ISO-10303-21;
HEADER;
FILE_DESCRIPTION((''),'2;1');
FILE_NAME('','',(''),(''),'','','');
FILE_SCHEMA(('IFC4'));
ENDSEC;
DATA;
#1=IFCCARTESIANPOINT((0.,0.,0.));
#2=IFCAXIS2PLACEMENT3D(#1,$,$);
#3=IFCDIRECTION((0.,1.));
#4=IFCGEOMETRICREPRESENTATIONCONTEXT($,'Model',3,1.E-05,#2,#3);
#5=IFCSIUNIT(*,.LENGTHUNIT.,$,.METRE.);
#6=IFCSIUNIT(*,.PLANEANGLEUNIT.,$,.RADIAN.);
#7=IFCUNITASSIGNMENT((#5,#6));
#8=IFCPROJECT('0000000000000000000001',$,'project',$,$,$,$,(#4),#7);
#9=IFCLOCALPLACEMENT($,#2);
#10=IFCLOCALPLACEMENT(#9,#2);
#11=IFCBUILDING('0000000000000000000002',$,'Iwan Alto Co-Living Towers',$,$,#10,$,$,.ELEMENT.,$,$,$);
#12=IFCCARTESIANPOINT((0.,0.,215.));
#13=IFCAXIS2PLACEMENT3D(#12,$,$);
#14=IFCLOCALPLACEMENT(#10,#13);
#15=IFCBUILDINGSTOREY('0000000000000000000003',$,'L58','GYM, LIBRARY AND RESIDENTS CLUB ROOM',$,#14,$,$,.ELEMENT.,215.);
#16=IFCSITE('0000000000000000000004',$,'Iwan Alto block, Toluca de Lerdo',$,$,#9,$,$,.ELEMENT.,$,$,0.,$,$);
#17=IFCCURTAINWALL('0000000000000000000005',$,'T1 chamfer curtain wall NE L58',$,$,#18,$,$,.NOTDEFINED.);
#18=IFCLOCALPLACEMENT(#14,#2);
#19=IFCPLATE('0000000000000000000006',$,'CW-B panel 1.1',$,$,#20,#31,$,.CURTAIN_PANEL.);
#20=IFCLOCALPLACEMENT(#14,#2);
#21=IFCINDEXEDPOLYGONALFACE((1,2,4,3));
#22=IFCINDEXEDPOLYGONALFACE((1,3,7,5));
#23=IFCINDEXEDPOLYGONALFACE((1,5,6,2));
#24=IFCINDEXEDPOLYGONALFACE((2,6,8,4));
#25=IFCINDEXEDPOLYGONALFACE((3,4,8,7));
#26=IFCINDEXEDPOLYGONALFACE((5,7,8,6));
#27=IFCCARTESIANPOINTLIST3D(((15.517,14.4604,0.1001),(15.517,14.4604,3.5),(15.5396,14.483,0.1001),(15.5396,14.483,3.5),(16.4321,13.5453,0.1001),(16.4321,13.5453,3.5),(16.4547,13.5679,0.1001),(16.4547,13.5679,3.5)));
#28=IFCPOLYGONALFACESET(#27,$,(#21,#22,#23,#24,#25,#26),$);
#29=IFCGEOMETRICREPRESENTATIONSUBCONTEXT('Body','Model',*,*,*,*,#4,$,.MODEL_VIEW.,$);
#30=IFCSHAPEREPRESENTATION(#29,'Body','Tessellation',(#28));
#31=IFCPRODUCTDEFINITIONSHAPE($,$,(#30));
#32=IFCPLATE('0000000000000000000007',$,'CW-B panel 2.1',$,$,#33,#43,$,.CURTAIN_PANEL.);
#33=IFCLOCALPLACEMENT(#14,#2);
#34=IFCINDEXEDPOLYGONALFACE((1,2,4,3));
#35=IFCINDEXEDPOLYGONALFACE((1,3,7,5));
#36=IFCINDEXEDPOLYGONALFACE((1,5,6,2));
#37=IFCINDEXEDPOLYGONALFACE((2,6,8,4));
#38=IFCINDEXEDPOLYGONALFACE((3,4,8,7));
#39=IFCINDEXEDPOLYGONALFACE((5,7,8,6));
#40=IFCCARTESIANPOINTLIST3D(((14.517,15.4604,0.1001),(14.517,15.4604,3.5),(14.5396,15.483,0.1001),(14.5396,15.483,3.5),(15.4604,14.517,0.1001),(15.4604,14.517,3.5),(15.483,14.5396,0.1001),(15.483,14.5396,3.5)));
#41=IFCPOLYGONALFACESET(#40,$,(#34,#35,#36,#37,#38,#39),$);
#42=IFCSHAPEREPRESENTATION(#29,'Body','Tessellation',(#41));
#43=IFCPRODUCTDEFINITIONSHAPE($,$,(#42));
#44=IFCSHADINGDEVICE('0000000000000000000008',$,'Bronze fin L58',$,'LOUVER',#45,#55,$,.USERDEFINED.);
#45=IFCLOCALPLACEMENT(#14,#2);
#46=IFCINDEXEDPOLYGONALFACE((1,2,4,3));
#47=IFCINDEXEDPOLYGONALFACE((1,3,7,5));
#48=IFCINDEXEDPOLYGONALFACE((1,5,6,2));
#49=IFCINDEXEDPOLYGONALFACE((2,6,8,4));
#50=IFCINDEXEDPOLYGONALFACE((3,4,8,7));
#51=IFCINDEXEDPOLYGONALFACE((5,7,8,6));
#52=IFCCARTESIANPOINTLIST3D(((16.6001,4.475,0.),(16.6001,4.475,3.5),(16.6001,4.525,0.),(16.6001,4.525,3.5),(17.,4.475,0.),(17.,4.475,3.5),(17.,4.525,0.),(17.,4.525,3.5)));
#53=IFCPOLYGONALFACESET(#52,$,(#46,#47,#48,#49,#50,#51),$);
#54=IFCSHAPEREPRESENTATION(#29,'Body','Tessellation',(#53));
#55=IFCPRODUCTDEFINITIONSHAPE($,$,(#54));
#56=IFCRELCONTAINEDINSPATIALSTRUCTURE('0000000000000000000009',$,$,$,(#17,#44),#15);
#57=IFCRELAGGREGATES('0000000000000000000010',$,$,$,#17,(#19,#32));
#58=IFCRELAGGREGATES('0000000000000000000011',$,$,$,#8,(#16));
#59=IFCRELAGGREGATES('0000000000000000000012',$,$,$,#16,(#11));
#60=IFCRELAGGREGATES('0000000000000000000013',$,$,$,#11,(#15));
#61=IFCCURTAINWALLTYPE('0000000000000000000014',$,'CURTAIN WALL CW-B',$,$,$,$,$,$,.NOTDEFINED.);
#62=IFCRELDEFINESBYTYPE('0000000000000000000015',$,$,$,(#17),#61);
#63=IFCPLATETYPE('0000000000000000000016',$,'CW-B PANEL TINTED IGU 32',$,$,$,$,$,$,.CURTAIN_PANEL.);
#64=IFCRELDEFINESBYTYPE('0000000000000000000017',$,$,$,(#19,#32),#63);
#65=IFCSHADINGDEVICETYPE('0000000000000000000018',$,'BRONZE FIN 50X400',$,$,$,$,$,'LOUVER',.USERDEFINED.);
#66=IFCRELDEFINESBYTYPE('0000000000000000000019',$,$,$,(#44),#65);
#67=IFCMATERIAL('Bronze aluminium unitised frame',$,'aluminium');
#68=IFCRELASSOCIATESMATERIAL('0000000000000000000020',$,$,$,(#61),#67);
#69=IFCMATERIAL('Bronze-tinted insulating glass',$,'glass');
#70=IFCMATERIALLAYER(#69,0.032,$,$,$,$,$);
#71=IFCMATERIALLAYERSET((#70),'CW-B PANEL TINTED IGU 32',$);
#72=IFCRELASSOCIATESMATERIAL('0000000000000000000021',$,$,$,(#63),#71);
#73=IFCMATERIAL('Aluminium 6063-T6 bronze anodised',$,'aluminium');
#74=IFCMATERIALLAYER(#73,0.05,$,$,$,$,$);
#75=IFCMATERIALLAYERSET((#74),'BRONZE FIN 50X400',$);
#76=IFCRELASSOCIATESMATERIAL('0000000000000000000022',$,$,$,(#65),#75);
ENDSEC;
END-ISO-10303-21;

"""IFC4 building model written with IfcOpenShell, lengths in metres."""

from ifc_helpers import new_model, si_unit, direction, frame, origin, origin_2d, place, context, subcontext, project, spatial, rectangle, extrude, material, layer, layer_set, type_object, element, aggregate, save


model = new_model("IFC4")

# Units and contexts
model_context = context("Model", 3, precision=1e-05, world=origin(), true_north=direction((0.0, 1.0)))
body_context = subcontext(model_context, "Body", "Model", "MODEL_VIEW")
ifc_project = project(units=[si_unit("LENGTHUNIT", "METRE"), si_unit("PLANEANGLEUNIT", "RADIAN")], contexts=[model_context])

# Site, building, storey
site_placement = place(None, origin())
site = spatial("IfcSite", under=ifc_project, at=site_placement, Name="Iwan Alto block, Toluca de Lerdo", CompositionType="ELEMENT", RefElevation=0.0)
building_placement = place(site_placement, origin())
building = spatial("IfcBuilding", under=site, at=building_placement, Name="Iwan Alto Co-Living Towers", CompositionType="ELEMENT")
storey_placement = place(building_placement, frame((0.0, 0.0, 215.0)))
storey = spatial("IfcBuildingStorey", under=building, at=storey_placement, Name="L58", Description="GYM, LIBRARY AND RESIDENTS CLUB ROOM", CompositionType="ELEMENT", Elevation=215.0)

# Curtain wall
ifc_material_1 = material(Name="Bronze aluminium unitised frame", Category="aluminium")
curtain_wall_type_1 = type_object("IfcCurtainWallType", Name="CURTAIN WALL CW-B", PredefinedType="NOTDEFINED", material=ifc_material_1)
curtain_wall_1_placement = place(storey_placement, origin())
curtain_wall_1 = element("IfcCurtainWall", 1, at=curtain_wall_1_placement, inside=storey, type_object=curtain_wall_type_1, Name="T1 chamfer curtain wall NE L58", PredefinedType="NOTDEFINED")

# Plates
ifc_material_2 = material(Name="Bronze-tinted insulating glass", Category="glass")
ifc_layer_1 = layer(ifc_material_2, 0.032)
ifc_layer_set_1 = layer_set([ifc_layer_1], Name="CW-B PANEL TINTED IGU 32")
plate_type_1 = type_object("IfcPlateType", Name="CW-B PANEL TINTED IGU 32", PredefinedType="CURTAIN_PANEL", material=ifc_layer_set_1)
plate_1_placement = place(storey_placement, frame((15.9858, 14.0142, 0.1001), z_axis=(0.0, 0.0, 1.0), x_axis=(-0.707107, 0.707107, 0.0)))
plate_1 = element("IfcPlate", 2, at=plate_1_placement, type_object=plate_type_1, Name="CW-B panel 1.1", PredefinedType="CURTAIN_PANEL", context=body_context, shape_type="SweptSolid", body=[
    extrude(rectangle(XDim=1.2942, YDim=0.032, at=origin_2d()), origin(), (0.0, 0.0, 1.0), 3.3999),
])
plate_2_placement = place(storey_placement, frame((15.0, 15.0, 0.1001), z_axis=(0.0, 0.0, 1.0), x_axis=(-0.707107, 0.707107, 0.0)))
plate_2 = element("IfcPlate", 3, at=plate_2_placement, type_object=plate_type_1, Name="CW-B panel 2.1", PredefinedType="CURTAIN_PANEL", context=body_context, shape_type="SweptSolid", body=[
    extrude(rectangle(XDim=1.3342, YDim=0.032, at=origin_2d()), origin(), (0.0, 0.0, 1.0), 3.3999),
])
aggregate(curtain_wall_1, [plate_1, plate_2])

# Shading device
ifc_material_3 = material(Name="Aluminium 6063-T6 bronze anodised", Category="aluminium")
ifc_layer_2 = layer(ifc_material_3, 0.05)
ifc_layer_set_2 = layer_set([ifc_layer_2], Name="BRONZE FIN 50X400")
shading_device_type = type_object("IfcShadingDeviceType", Name="BRONZE FIN 50X400", ElementType="LOUVER", PredefinedType="USERDEFINED", material=ifc_layer_set_2)
shading_device_placement = place(storey_placement, frame((16.8, 4.5, 0.0), z_axis=(0.0, 0.0, 1.0), x_axis=(0.0, 1.0, 0.0)))
element("IfcShadingDevice", 4, at=shading_device_placement, inside=storey, type_object=shading_device_type, Name="Bronze fin L58", ObjectType="LOUVER", PredefinedType="USERDEFINED", context=body_context, shape_type="SweptSolid", body=[
    extrude(rectangle(XDim=0.05, YDim=0.3999, at=origin_2d()), origin(), (0.0, 0.0, 1.0), 3.5),
])

save(model, "model.ifc")
